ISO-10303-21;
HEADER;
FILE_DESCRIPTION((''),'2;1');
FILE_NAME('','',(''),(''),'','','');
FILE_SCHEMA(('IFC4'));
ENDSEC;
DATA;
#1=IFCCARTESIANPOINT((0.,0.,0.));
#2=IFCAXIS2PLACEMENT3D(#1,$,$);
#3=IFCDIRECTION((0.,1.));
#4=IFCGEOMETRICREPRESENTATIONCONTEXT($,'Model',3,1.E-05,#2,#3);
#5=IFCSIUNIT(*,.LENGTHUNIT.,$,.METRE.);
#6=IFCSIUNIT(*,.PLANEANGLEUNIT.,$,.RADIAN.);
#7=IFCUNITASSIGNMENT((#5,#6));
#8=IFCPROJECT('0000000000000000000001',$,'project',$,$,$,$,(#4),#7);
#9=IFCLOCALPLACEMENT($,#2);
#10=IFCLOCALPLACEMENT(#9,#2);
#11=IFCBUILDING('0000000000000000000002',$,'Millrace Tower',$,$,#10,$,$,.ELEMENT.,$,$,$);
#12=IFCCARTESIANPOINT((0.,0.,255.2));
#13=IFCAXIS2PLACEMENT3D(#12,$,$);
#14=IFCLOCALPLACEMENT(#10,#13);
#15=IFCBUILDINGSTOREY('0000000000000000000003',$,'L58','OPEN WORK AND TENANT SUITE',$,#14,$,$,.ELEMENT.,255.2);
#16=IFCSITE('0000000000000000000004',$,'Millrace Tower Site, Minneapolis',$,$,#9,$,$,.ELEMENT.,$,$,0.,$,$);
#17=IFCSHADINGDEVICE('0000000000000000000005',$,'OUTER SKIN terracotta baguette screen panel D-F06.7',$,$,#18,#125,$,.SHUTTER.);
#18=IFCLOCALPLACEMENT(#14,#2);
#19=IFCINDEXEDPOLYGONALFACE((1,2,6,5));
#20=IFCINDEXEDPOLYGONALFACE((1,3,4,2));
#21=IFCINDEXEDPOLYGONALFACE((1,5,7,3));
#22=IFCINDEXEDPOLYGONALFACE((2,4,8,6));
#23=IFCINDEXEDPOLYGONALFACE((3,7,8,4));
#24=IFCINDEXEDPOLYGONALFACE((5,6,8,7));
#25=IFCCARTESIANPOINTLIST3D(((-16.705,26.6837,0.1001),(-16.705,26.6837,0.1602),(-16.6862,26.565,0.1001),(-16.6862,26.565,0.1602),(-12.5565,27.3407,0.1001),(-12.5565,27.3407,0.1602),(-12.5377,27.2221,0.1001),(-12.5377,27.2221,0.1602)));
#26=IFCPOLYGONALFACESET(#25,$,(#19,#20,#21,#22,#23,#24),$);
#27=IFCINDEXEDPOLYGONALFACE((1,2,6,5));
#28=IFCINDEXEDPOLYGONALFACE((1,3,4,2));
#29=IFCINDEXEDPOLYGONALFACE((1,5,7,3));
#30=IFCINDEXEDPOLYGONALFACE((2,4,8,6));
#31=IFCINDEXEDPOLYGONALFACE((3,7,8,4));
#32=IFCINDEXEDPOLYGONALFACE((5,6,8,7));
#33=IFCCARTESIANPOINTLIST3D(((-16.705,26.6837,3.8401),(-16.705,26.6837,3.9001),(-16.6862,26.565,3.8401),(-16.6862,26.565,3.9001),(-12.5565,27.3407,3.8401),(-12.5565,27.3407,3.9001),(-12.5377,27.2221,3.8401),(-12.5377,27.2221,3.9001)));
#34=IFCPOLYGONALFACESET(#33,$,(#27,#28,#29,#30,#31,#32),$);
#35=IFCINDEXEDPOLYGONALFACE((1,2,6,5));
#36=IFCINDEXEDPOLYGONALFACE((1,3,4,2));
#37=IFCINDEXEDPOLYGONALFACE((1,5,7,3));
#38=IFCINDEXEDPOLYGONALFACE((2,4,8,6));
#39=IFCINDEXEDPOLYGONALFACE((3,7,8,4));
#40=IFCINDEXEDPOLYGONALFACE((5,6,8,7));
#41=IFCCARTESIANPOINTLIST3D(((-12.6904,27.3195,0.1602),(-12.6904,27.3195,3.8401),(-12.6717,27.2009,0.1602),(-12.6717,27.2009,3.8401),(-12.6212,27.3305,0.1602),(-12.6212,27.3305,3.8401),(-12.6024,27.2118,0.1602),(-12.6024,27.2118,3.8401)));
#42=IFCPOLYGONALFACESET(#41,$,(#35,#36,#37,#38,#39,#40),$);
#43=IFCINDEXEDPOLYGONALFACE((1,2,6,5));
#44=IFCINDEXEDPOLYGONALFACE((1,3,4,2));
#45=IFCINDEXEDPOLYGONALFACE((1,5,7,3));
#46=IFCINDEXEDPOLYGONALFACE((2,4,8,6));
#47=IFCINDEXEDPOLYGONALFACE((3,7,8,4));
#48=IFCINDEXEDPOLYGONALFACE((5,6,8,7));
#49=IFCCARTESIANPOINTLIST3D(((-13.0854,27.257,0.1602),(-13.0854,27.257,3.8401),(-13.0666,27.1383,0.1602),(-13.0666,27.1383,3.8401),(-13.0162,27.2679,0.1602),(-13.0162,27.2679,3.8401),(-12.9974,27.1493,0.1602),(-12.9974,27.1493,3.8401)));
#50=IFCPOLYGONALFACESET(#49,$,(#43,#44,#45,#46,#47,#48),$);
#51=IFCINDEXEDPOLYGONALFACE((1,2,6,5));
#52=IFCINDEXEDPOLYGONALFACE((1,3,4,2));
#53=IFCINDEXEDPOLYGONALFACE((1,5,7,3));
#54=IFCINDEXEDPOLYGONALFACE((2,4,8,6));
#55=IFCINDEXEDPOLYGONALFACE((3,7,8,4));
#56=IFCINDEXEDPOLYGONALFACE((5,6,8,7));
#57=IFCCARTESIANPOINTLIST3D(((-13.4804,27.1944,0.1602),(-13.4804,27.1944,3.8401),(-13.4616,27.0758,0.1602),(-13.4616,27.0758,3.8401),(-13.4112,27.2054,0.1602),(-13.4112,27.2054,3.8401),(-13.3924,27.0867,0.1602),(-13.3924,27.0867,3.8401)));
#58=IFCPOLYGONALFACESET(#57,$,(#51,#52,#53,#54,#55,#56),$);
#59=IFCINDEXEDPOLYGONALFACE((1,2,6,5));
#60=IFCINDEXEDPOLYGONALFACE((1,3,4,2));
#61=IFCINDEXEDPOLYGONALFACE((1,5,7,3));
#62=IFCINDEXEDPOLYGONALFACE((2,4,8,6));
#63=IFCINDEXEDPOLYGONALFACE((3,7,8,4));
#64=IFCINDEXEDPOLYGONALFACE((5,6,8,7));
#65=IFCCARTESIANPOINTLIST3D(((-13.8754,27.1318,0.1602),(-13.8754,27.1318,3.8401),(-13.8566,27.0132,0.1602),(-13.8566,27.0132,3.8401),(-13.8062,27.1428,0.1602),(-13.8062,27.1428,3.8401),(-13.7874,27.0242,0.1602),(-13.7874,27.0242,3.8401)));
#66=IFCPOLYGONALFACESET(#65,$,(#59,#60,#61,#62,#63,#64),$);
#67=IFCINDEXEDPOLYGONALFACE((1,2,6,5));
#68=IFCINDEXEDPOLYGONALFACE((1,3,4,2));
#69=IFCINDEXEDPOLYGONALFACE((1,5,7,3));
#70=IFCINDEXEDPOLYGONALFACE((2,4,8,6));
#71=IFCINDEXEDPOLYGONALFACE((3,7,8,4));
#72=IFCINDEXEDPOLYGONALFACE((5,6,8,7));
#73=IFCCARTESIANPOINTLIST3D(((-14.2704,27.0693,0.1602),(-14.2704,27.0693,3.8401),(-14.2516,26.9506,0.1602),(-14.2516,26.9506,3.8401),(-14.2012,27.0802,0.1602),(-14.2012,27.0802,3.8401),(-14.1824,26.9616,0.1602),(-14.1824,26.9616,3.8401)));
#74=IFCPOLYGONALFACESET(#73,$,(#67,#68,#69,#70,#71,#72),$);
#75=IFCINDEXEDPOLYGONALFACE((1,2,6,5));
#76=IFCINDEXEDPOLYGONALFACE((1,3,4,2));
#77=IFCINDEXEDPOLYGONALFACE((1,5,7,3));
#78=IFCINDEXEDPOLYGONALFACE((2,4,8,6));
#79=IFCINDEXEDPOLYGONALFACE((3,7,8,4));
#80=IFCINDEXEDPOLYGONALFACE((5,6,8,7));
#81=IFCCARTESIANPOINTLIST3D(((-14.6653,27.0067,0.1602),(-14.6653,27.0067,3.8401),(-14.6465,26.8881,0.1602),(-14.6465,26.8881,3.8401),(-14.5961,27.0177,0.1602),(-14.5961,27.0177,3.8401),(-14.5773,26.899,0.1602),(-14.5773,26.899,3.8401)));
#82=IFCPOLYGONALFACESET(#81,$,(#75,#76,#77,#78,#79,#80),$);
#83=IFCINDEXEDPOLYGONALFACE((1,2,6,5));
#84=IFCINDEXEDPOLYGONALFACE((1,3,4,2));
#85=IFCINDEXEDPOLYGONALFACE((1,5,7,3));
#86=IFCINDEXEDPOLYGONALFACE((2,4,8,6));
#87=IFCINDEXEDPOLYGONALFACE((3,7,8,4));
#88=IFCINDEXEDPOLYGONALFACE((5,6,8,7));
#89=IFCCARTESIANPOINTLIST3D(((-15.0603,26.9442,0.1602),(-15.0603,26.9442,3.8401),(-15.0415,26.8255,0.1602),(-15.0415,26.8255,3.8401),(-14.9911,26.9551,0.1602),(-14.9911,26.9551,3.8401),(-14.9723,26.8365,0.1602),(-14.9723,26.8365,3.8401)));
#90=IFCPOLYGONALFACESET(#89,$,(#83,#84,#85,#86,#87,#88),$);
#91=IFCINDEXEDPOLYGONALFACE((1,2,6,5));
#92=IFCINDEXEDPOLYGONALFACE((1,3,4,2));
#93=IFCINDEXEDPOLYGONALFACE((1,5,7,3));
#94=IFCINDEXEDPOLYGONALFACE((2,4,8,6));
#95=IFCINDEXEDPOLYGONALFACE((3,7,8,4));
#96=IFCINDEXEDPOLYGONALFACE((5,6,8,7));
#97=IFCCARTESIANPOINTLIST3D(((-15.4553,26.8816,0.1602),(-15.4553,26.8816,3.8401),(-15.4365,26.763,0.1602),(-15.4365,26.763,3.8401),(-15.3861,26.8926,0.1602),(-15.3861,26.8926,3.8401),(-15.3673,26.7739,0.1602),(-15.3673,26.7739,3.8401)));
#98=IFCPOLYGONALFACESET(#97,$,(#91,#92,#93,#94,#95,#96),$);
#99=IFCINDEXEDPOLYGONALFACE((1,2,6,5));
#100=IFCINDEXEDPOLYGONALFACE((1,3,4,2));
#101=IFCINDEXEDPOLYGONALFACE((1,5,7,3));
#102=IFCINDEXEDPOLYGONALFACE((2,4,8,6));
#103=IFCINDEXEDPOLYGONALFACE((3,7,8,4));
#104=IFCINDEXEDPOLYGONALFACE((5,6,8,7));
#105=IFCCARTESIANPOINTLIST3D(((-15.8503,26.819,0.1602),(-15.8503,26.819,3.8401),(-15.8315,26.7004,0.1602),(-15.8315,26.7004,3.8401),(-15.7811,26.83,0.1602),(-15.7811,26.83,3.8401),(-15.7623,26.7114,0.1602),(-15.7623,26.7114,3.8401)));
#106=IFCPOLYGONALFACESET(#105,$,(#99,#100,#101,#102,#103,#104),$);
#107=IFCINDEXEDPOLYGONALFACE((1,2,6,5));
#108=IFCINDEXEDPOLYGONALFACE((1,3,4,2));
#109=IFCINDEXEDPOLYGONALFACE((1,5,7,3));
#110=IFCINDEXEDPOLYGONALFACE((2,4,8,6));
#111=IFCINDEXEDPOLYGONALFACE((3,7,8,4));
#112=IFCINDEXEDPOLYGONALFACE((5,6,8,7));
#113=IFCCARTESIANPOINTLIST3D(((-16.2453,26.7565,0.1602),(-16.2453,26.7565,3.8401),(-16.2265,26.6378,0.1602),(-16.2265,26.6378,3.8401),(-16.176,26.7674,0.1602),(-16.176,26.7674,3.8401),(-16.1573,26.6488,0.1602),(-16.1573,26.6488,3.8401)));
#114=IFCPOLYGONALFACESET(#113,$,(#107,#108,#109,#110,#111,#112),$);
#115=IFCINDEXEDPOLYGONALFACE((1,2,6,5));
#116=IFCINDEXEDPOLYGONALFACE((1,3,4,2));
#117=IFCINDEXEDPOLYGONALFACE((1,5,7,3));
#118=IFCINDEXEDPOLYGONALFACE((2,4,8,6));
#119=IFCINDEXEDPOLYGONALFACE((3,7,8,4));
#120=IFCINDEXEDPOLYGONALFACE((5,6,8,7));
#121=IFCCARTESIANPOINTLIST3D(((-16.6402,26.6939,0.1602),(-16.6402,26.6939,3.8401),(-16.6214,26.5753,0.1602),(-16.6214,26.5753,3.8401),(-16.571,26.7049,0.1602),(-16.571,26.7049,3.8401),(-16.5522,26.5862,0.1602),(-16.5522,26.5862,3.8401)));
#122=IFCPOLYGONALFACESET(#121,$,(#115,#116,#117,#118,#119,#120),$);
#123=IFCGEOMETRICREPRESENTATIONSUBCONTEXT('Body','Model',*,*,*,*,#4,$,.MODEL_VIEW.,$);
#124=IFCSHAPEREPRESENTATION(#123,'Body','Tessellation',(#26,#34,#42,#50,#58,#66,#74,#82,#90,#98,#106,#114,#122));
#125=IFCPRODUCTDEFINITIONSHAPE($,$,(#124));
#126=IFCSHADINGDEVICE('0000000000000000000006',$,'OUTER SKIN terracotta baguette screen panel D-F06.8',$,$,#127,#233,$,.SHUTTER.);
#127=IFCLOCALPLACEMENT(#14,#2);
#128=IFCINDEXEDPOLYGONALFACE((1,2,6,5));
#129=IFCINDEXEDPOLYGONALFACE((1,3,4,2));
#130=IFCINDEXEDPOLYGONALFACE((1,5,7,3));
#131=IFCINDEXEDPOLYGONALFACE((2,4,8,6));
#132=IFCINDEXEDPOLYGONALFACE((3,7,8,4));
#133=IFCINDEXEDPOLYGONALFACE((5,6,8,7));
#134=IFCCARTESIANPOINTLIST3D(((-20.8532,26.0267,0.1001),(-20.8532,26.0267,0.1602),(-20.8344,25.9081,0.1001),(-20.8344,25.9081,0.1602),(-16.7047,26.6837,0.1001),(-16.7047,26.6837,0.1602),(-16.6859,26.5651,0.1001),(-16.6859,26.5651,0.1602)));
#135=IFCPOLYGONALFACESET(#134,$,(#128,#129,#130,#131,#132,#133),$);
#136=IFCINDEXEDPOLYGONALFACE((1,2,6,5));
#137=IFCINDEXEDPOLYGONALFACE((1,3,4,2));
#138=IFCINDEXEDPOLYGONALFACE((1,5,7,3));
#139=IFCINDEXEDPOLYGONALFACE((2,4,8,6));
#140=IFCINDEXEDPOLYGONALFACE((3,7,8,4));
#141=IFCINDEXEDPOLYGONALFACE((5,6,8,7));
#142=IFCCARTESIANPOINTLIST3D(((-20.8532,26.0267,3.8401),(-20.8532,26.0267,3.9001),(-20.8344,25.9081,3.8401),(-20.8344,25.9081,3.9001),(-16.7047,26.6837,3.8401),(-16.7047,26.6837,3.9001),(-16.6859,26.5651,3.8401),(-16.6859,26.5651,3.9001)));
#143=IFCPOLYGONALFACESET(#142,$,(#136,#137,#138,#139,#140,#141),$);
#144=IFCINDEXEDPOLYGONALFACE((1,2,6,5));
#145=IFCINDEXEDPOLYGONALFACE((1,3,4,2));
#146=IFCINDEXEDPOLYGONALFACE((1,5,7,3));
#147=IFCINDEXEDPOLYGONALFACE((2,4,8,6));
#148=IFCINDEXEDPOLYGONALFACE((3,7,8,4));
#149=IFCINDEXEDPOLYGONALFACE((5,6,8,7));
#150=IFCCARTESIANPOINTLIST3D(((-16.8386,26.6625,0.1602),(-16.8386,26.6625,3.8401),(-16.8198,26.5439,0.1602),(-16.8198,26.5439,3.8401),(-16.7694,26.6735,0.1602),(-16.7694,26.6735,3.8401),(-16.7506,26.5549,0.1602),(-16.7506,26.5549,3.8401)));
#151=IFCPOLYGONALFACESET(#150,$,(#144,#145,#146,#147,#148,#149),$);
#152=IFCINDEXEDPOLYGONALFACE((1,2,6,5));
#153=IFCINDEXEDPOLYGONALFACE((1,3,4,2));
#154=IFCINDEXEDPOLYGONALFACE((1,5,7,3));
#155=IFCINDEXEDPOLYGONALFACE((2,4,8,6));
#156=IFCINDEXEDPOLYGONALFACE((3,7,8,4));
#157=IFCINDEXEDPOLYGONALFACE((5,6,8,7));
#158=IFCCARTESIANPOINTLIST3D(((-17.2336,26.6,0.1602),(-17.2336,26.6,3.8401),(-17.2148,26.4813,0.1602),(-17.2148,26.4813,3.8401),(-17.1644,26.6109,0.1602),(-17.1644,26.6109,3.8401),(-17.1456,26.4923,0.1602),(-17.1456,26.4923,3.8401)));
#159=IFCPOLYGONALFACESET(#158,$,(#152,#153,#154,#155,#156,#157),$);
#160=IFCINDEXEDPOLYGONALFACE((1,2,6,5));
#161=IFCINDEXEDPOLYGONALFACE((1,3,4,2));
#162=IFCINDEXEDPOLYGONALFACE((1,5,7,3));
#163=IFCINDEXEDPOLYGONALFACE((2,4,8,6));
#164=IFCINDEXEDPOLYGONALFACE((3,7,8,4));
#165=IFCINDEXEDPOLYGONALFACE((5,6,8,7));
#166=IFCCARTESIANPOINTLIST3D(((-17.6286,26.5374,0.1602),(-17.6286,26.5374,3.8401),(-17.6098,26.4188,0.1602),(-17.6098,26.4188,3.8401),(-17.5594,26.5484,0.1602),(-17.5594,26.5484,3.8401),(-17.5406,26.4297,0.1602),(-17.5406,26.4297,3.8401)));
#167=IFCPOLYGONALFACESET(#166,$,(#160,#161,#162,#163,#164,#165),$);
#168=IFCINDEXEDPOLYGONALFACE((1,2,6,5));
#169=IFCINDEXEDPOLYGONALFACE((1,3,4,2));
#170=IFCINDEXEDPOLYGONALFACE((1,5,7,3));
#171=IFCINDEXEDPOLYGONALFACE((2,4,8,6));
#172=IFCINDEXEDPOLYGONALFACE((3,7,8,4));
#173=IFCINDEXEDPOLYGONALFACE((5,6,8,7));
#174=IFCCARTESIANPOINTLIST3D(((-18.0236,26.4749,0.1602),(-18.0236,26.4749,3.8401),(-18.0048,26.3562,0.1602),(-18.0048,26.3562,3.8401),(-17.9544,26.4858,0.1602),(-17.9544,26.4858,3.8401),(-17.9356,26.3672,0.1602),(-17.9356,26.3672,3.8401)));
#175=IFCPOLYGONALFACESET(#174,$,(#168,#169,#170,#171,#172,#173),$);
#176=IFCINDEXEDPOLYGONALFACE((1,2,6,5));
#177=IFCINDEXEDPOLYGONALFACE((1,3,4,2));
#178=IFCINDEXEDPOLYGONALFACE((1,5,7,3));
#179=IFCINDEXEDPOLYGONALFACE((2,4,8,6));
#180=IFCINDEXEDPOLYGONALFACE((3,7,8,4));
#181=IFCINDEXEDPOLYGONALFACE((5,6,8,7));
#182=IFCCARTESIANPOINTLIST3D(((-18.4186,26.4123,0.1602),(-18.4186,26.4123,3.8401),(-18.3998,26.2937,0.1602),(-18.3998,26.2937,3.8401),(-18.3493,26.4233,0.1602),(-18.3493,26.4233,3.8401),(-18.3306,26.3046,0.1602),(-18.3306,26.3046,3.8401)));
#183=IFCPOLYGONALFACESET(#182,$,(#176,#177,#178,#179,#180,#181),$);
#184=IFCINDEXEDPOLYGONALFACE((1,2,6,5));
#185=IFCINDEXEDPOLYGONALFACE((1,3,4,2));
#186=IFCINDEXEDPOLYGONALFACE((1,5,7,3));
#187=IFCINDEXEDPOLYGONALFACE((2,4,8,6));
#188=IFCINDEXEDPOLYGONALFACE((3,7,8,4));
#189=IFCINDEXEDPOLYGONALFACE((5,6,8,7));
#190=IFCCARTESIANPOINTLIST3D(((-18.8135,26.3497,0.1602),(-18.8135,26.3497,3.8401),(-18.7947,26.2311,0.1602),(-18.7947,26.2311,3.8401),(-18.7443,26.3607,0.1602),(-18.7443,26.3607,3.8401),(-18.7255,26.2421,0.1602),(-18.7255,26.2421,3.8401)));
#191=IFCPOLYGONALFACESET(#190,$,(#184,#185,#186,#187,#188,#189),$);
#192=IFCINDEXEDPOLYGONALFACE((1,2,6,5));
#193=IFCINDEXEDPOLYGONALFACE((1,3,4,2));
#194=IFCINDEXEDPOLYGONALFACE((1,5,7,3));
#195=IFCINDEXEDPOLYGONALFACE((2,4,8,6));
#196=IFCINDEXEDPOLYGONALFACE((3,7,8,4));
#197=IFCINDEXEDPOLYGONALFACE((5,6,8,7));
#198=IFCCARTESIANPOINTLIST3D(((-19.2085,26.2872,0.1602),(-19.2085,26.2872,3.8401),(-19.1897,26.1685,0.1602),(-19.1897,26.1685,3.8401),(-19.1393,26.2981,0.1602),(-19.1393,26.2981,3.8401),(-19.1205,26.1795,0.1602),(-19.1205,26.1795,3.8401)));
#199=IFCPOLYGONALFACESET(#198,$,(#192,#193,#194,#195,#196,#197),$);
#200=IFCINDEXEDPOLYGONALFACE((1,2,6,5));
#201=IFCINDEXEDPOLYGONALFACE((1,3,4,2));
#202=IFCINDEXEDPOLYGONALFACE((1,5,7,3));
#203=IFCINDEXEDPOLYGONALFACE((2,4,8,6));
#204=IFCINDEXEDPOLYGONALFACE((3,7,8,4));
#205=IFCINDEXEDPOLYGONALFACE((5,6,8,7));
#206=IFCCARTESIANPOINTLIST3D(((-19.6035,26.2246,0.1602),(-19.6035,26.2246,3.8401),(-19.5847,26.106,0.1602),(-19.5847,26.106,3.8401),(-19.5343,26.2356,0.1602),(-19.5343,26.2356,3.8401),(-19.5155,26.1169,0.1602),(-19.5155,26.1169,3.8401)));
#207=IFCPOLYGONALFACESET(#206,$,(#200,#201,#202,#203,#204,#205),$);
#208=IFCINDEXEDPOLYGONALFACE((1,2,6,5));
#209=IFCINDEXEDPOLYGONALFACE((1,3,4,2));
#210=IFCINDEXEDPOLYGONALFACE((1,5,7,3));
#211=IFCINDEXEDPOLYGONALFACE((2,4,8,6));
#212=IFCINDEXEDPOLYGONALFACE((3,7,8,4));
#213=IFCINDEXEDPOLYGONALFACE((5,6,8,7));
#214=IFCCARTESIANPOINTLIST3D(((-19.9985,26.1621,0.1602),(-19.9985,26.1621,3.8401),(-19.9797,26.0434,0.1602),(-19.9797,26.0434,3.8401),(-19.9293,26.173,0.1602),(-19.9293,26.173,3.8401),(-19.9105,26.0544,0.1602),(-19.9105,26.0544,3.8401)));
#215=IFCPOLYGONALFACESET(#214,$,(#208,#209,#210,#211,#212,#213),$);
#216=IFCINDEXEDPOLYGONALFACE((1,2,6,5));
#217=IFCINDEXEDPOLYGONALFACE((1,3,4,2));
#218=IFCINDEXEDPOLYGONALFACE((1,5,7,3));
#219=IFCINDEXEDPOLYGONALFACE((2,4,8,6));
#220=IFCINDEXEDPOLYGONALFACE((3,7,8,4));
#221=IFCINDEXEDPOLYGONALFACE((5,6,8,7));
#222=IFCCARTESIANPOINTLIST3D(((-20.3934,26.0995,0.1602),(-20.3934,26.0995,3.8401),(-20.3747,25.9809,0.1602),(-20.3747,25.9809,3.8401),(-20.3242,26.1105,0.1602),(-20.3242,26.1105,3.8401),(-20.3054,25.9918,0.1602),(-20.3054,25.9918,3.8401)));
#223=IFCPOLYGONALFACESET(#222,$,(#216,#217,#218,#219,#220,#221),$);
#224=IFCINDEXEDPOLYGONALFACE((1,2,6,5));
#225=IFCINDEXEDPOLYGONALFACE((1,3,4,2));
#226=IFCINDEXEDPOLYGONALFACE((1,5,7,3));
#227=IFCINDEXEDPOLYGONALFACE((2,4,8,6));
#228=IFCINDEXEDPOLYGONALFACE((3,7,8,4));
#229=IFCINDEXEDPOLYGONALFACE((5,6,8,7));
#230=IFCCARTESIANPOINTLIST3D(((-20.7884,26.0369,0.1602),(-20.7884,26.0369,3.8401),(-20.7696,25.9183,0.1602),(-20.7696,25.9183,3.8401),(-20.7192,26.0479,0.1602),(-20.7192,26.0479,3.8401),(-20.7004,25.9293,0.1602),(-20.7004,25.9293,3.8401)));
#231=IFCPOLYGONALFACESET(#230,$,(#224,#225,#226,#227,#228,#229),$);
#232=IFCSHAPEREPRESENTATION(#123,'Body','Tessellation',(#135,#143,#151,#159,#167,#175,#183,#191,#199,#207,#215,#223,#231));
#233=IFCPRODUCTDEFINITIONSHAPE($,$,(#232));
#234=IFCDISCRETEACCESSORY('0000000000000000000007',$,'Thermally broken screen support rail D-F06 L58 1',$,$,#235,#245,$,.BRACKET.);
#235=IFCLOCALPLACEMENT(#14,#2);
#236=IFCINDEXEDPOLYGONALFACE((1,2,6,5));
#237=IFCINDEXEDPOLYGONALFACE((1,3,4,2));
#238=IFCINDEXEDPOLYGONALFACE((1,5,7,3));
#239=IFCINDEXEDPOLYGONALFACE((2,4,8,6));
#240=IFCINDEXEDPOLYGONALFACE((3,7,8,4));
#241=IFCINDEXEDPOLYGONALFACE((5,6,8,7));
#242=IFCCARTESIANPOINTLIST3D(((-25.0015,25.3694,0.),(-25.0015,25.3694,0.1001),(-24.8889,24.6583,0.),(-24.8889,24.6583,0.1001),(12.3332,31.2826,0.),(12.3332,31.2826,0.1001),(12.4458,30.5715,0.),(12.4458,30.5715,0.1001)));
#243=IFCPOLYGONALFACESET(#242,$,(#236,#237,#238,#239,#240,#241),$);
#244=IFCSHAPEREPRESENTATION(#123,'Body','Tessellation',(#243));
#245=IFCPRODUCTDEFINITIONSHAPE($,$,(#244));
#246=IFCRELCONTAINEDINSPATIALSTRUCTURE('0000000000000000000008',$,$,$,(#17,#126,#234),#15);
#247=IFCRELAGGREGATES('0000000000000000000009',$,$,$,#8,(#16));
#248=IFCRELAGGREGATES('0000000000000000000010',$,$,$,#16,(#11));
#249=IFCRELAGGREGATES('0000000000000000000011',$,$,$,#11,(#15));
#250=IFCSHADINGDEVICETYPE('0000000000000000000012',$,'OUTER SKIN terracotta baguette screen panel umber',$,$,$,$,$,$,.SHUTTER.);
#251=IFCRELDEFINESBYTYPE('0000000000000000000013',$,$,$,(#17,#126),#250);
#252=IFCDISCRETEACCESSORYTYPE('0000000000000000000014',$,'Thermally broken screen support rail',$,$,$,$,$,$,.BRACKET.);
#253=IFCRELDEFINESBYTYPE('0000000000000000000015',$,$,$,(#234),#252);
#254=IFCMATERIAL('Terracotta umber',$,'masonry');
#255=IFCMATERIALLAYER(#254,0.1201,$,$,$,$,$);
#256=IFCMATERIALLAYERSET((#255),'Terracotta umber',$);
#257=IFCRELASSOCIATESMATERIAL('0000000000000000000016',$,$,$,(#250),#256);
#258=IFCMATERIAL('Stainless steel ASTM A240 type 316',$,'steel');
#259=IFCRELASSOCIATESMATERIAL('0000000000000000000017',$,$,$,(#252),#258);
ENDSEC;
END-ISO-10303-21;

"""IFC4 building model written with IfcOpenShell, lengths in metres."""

from ifc_helpers import new_model, entity, si_unit, direction, frame, frame_2d, origin, origin_2d, place, context, subcontext, project, spatial, rectangle, extrude, source, transform, mapped, material, layer, layer_set, type_object, element, save


model = new_model("IFC4")

# Units and contexts
model_context = context("Model", 3, precision=1e-05, world=origin(), true_north=direction((0.0, 1.0)))
body_context = subcontext(model_context, "Body", "Model", "MODEL_VIEW")
ifc_project = project(units=[si_unit("LENGTHUNIT", "METRE"), si_unit("PLANEANGLEUNIT", "RADIAN")], contexts=[model_context])

# Site, building, storey
site_placement = place(None, origin())
site = spatial("IfcSite", under=ifc_project, at=site_placement, Name="Millrace Tower Site, Minneapolis", CompositionType="ELEMENT", RefElevation=0.0)
building_placement = place(site_placement, origin())
building = spatial("IfcBuilding", under=site, at=building_placement, Name="Millrace Tower", CompositionType="ELEMENT")
storey_placement = place(building_placement, frame((0.0, 0.0, 255.2)))
storey = spatial("IfcBuildingStorey", under=building, at=storey_placement, Name="L58", Description="OPEN WORK AND TENANT SUITE", CompositionType="ELEMENT", Elevation=255.2)

# Shading devices
ifc_material_1 = material(Name="Terracotta umber", Category="masonry")
ifc_layer_1 = layer(ifc_material_1, 0.1201)
ifc_layer_set_1 = layer_set([ifc_layer_1], Name="Terracotta umber")
shading_device_type = type_object("IfcShadingDeviceType", Name="OUTER SKIN terracotta baguette screen panel umber", PredefinedType="SHUTTER", material=ifc_layer_set_1)
cartesian_point = entity("IfcCartesianPoint", [-2.1001, 0.0601])
shared_polyline = entity("IfcPolyline", [cartesian_point, entity("IfcCartesianPoint", [2.1001, 0.0601]), entity("IfcCartesianPoint", [2.1001, -0.0601]), entity("IfcCartesianPoint", [-2.1001, -0.0601]), cartesian_point])
shared_shape = source(origin(), body_context, "Body", "SweptSolid", [
    entity("IfcExtrudedAreaSolid", entity("IfcArbitraryClosedProfileDef", "AREA", None, shared_polyline), entity("IfcAxis2Placement3D", entity("IfcCartesianPoint", [0.0, 0.0, 0.0])), entity("IfcDirection", [0.0, 0.0, 1.0]), 0.0601),
    entity("IfcExtrudedAreaSolid", entity("IfcArbitraryClosedProfileDef", "AREA", None, shared_polyline), entity("IfcAxis2Placement3D", entity("IfcCartesianPoint", [0.0, 0.0, 3.74])), entity("IfcDirection", [0.0, 0.0, 1.0]), 0.0601),
    extrude(rectangle(XDim=0.0701, YDim=0.1201, at=frame_2d((-1.9995, 0.0))), frame((0.0, 0.0, 0.0601)), (0.0, 0.0, 1.0), 3.6799),
    extrude(rectangle(XDim=0.0701, YDim=0.1201, at=frame_2d((-1.5996, 0.0))), frame((0.0, 0.0, 0.0601)), (0.0, 0.0, 1.0), 3.6799),
    extrude(rectangle(XDim=0.0701, YDim=0.1201, at=frame_2d((-1.1997, 0.0))), frame((0.0, 0.0, 0.0601)), (0.0, 0.0, 1.0), 3.6799),
    extrude(rectangle(XDim=0.0701, YDim=0.1201, at=frame_2d((-0.7998, 0.0))), frame((0.0, 0.0, 0.0601)), (0.0, 0.0, 1.0), 3.6799),
    extrude(rectangle(XDim=0.0701, YDim=0.1201, at=frame_2d((-0.3999, 0.0))), frame((0.0, 0.0, 0.0601)), (0.0, 0.0, 1.0), 3.6799),
    extrude(rectangle(XDim=0.0701, YDim=0.1201, at=origin_2d()), frame((0.0, 0.0, 0.0601)), (0.0, 0.0, 1.0), 3.6799),
    extrude(rectangle(XDim=0.0701, YDim=0.1201, at=frame_2d((0.3999, 0.0))), frame((0.0, 0.0, 0.0601)), (0.0, 0.0, 1.0), 3.6799),
    extrude(rectangle(XDim=0.0701, YDim=0.1201, at=frame_2d((0.7998, 0.0))), frame((0.0, 0.0, 0.0601)), (0.0, 0.0, 1.0), 3.6799),
    extrude(rectangle(XDim=0.0701, YDim=0.1201, at=frame_2d((1.1997, 0.0))), frame((0.0, 0.0, 0.0601)), (0.0, 0.0, 1.0), 3.6799),
    extrude(rectangle(XDim=0.0701, YDim=0.1201, at=frame_2d((1.5996, 0.0))), frame((0.0, 0.0, 0.0601)), (0.0, 0.0, 1.0), 3.6799),
    extrude(rectangle(XDim=0.0701, YDim=0.1201, at=frame_2d((1.9995, 0.0))), frame((0.0, 0.0, 0.0601)), (0.0, 0.0, 1.0), 3.6799),
])
for number, where, z_axis, x_axis, name in (
    (1, (-14.6213, 26.9529, 0.1001), (0.0, 0.0, 1.0), (-0.987688, -0.156434, 0.0), "OUTER SKIN terracotta baguette screen panel D-F06.7"),
    (2, (-18.7695, 26.2959, 0.1001), (0.0, 0.0, 1.0), (-0.987688, -0.156434, 0.0), "OUTER SKIN terracotta baguette screen panel D-F06.8"),
):
    element("IfcShadingDevice", number, at=place(storey_placement, frame(where, z_axis=z_axis, x_axis=x_axis)), inside=storey, type_object=shading_device_type, Name=name, PredefinedType="SHUTTER", context=body_context, shape_type="MappedRepresentation", body=[
        mapped(shared_shape, transform((0.0, 0.0, 0.0), scale=1.0)),
    ])

# Discrete accessory
ifc_material_2 = material(Name="Stainless steel ASTM A240 type 316", Category="steel")
discrete_accessory_type = type_object("IfcDiscreteAccessoryType", Name="Thermally broken screen support rail", PredefinedType="BRACKET", material=ifc_material_2)
discrete_accessory_placement = place(storey_placement, frame((-6.2778, 27.9705, 0.0), z_axis=(0.0, 0.0, 1.0), x_axis=(-0.987688, -0.156434, 0.0)))
element("IfcDiscreteAccessory", 3, at=discrete_accessory_placement, inside=storey, type_object=discrete_accessory_type, Name="Thermally broken screen support rail D-F06 L58 1", PredefinedType="BRACKET", context=body_context, shape_type="SweptSolid", body=[
    extrude(rectangle(XDim=37.8, YDim=0.72, at=origin_2d()), origin(), (0.0, 0.0, 1.0), 0.1001),
])

save(model, "model.ifc")
